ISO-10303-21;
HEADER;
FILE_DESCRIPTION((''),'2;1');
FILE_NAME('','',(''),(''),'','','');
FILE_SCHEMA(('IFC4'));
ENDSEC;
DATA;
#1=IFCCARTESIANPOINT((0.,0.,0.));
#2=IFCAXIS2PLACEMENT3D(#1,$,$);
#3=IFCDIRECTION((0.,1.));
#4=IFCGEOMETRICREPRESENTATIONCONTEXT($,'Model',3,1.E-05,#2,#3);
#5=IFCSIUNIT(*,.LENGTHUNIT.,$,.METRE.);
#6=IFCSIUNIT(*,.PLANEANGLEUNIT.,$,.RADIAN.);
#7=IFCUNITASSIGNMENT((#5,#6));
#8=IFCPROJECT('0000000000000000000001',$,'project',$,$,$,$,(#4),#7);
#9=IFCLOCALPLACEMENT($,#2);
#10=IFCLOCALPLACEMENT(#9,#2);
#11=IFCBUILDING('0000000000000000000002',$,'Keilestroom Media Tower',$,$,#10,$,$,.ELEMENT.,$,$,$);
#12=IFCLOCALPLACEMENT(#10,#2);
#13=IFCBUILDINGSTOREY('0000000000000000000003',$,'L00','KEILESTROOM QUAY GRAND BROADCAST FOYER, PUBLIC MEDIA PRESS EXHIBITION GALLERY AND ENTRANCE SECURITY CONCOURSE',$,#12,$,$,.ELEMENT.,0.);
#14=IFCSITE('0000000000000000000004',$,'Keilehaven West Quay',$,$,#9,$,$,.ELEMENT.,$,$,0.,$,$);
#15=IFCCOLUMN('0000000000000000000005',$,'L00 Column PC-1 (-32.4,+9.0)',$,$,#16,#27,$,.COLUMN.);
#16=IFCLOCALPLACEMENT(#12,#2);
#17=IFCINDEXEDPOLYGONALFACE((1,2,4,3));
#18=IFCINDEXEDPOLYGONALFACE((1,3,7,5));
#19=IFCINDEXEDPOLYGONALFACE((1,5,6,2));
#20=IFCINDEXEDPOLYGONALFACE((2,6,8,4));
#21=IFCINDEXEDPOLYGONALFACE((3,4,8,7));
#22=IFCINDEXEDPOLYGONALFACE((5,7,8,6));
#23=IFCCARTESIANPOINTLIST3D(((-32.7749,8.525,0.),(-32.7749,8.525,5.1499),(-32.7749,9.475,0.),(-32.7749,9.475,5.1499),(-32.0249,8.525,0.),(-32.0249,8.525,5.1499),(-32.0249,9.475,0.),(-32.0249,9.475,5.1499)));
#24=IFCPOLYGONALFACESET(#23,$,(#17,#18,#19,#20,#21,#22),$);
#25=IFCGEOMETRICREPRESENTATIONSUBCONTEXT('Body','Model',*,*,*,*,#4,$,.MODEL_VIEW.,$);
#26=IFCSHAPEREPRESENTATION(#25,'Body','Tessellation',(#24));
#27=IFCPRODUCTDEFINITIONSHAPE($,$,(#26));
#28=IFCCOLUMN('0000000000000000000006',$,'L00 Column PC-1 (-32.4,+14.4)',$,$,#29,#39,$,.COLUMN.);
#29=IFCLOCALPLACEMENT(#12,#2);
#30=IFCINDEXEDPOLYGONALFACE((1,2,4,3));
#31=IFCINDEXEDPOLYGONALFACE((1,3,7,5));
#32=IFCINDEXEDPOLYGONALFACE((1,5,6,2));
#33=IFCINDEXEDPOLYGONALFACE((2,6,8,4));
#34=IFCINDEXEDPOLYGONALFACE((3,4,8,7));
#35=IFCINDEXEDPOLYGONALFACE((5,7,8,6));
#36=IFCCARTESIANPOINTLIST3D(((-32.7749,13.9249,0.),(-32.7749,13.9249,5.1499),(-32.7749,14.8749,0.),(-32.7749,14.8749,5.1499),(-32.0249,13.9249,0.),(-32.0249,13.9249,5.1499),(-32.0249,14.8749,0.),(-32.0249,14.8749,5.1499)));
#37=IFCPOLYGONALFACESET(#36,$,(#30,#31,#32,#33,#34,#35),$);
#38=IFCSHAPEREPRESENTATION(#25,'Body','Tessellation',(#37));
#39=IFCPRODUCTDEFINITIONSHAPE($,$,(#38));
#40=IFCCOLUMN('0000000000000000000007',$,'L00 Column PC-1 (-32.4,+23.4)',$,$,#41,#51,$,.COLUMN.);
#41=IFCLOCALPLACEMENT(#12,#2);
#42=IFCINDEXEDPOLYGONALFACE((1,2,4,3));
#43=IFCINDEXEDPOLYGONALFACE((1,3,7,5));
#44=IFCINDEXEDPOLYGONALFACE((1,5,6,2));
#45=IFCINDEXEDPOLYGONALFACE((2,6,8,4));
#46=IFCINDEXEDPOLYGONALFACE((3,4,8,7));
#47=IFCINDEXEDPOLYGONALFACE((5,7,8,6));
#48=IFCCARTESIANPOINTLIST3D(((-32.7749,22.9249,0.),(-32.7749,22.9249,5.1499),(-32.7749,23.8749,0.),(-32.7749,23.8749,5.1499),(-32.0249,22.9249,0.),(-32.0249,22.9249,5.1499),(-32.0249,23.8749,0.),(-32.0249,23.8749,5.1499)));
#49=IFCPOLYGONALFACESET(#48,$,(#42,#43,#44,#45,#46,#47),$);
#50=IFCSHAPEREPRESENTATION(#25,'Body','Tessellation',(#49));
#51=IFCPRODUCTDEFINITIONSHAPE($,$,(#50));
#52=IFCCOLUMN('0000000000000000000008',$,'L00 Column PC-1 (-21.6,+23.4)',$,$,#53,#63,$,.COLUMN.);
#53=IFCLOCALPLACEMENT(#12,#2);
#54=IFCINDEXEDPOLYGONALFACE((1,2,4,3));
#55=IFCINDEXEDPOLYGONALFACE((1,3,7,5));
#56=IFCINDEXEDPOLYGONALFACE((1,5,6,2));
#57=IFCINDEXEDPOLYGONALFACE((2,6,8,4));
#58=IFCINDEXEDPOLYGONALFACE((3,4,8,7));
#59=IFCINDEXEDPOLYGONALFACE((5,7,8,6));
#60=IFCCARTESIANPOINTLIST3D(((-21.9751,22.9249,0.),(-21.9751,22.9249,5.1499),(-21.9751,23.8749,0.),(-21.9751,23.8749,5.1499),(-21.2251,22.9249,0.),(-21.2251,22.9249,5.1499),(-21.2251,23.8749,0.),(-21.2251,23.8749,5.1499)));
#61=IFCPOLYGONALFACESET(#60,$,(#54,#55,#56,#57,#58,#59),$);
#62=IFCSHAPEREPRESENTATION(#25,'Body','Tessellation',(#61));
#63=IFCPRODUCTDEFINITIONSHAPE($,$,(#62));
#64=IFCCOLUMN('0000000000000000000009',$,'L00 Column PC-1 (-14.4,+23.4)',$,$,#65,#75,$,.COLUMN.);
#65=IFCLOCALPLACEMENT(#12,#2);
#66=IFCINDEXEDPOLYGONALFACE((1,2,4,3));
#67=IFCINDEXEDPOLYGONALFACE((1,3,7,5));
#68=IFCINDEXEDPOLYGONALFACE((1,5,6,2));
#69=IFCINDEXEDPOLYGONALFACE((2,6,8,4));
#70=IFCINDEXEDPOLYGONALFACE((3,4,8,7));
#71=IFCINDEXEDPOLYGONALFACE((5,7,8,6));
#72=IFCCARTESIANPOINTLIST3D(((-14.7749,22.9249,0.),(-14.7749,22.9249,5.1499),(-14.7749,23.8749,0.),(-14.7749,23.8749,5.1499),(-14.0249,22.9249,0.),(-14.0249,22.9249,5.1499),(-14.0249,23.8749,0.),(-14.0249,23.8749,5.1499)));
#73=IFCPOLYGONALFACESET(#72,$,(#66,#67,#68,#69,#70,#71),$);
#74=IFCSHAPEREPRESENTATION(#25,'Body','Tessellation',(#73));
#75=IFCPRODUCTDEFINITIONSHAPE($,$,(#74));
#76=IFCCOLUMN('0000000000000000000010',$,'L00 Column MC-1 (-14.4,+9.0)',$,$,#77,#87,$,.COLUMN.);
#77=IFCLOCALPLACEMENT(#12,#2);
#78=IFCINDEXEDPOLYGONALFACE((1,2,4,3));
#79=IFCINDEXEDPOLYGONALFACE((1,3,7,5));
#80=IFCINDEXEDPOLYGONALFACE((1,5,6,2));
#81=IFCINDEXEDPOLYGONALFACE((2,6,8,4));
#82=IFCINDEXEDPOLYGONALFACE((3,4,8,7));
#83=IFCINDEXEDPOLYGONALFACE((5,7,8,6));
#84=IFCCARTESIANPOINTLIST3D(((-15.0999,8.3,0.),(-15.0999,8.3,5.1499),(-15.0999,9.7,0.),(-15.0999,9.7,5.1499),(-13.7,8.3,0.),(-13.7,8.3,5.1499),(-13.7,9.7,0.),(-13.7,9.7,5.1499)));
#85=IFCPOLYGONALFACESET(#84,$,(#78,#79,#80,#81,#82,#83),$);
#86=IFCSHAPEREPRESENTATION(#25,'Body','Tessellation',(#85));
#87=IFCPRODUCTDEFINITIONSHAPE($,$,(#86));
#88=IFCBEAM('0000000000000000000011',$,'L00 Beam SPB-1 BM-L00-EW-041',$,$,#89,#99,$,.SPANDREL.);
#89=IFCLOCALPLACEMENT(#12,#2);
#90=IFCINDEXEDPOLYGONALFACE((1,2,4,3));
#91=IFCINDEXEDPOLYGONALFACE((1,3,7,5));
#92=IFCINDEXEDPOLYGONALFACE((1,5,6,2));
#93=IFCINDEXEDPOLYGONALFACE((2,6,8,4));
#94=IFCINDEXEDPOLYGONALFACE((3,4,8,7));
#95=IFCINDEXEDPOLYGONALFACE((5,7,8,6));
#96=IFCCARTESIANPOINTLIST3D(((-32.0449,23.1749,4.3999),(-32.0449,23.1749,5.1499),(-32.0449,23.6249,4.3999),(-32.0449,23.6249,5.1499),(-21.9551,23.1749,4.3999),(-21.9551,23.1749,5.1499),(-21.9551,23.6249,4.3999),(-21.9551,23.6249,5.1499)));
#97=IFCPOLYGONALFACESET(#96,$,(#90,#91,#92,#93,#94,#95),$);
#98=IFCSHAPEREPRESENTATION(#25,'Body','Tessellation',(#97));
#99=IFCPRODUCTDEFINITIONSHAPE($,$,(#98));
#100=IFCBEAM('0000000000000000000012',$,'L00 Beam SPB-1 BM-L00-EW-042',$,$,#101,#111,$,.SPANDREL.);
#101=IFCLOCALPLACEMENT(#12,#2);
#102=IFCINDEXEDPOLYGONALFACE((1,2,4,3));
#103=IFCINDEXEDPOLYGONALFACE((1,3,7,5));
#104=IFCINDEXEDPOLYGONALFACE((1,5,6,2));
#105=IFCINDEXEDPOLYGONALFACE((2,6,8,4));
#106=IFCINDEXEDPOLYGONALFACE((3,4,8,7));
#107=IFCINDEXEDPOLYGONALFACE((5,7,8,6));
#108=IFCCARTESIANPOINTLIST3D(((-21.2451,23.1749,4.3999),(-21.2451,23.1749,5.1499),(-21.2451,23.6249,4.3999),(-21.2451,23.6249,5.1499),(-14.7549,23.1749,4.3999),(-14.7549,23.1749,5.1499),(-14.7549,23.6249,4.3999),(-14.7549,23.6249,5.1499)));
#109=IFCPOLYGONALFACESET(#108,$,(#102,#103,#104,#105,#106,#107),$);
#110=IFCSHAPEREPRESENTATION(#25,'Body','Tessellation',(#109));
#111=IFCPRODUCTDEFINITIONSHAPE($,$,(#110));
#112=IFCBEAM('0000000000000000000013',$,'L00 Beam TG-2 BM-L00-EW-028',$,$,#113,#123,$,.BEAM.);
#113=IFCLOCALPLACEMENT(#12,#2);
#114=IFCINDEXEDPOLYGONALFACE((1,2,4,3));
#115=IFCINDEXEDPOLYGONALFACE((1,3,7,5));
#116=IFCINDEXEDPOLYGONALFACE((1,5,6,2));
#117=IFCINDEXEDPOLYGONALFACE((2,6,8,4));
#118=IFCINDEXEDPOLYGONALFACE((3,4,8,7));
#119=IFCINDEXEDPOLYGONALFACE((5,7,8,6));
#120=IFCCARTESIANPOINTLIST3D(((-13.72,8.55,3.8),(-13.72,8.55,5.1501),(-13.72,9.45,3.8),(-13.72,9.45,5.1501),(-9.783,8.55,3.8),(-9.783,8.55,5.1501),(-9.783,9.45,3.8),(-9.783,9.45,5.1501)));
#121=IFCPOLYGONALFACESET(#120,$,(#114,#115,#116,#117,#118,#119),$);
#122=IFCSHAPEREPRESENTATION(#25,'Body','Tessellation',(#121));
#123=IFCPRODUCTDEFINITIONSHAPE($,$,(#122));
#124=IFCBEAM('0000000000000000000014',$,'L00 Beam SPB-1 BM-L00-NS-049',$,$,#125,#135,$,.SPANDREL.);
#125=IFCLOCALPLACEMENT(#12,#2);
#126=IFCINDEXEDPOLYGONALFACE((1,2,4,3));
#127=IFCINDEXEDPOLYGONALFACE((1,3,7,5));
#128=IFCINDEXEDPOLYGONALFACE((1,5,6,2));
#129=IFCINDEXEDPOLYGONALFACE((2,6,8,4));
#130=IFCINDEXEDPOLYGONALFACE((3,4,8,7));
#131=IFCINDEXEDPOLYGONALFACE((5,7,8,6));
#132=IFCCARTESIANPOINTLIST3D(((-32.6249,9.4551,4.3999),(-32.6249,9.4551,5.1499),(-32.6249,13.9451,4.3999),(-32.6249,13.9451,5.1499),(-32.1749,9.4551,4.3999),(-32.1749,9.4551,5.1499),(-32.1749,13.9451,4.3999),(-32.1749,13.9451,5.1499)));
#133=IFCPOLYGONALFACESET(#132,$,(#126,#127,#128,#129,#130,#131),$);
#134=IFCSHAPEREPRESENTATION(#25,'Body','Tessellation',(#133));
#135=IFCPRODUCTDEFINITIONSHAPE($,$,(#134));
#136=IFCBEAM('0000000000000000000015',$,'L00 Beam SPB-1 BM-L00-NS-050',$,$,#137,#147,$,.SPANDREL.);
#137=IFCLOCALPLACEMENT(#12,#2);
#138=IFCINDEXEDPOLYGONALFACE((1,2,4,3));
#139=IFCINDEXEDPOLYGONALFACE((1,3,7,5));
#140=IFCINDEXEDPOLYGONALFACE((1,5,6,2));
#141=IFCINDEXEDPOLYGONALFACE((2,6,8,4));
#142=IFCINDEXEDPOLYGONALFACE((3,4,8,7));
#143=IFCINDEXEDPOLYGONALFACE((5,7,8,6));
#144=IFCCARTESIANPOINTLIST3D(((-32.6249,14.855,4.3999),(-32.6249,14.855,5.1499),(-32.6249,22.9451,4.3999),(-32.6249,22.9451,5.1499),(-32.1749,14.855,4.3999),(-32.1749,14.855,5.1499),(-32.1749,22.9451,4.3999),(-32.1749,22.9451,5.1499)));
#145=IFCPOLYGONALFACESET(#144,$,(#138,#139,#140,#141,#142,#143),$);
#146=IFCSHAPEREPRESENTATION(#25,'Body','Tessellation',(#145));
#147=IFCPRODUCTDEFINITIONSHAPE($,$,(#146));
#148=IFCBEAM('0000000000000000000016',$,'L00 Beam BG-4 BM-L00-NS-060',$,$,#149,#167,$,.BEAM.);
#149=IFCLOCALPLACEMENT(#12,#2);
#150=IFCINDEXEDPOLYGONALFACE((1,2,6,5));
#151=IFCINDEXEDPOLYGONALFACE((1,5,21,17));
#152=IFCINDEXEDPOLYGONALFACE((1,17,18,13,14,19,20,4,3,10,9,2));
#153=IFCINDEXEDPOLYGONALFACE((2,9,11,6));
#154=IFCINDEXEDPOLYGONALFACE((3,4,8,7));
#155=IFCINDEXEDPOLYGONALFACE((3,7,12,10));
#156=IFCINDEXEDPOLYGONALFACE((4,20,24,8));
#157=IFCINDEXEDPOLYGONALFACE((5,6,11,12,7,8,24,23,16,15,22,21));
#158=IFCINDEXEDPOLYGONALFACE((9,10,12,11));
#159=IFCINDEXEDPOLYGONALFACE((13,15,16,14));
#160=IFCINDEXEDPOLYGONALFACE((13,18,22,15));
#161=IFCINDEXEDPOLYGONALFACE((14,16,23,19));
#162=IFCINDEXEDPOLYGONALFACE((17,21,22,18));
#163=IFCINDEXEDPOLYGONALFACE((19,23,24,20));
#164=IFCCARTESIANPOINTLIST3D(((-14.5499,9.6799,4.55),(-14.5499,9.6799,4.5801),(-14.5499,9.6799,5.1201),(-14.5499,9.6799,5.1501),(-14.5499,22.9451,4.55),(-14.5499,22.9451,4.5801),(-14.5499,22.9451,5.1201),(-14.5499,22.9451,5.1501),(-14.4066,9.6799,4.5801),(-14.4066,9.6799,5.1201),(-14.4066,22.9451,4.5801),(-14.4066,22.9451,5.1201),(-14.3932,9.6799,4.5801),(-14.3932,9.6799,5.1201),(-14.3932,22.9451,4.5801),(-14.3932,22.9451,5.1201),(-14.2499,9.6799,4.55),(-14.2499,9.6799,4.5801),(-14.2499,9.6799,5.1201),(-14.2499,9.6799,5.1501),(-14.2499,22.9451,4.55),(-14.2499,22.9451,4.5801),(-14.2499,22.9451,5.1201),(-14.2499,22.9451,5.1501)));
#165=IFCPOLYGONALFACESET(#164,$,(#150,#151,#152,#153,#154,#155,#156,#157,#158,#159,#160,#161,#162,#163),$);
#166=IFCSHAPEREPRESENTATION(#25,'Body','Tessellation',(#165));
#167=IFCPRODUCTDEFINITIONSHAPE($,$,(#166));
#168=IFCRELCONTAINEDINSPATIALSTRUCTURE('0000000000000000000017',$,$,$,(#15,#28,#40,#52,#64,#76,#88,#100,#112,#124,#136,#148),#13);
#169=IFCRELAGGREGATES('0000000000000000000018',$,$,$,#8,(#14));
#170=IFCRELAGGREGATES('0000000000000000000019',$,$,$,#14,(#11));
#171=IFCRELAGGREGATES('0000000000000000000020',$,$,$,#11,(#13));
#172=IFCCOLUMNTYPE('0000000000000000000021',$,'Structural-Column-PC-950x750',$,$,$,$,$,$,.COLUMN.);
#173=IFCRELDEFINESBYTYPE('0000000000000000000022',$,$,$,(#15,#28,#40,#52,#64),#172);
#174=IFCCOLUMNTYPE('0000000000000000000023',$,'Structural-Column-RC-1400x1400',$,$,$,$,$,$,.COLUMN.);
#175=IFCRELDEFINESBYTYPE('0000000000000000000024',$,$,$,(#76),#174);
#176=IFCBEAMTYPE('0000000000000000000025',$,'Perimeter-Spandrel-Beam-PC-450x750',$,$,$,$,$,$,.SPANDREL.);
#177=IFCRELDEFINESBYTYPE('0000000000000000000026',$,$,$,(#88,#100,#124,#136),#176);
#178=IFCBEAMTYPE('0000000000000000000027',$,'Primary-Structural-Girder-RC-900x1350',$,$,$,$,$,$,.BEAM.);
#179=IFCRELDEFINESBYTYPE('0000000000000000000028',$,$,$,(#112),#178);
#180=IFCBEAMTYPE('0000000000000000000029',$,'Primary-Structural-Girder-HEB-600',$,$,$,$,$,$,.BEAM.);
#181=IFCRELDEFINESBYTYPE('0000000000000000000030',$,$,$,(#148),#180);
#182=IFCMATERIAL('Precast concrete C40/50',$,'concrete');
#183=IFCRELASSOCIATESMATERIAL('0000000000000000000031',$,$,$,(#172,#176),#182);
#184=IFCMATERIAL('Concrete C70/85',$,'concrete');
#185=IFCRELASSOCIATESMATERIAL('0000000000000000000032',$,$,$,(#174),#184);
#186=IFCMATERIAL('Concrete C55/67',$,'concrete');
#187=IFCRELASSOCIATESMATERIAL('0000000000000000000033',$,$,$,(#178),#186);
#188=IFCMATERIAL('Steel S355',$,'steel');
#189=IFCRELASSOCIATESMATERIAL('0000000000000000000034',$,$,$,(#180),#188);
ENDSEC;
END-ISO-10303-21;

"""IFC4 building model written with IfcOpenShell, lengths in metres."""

from ifc_helpers import new_model, si_unit, direction, frame, origin, origin_2d, place, context, subcontext, project, spatial, rectangle, i_section, extrude, source, transform, mapped, material, material_profile, profile_set, type_object, element, save


model = new_model("IFC4")

# Units and contexts
model_context = context("Model", 3, precision=1e-05, world=origin(), true_north=direction((0.0, 1.0)))
body_context = subcontext(model_context, "Body", "Model", "MODEL_VIEW")
ifc_project = project(units=[si_unit("LENGTHUNIT", "METRE"), si_unit("PLANEANGLEUNIT", "RADIAN")], contexts=[model_context])

# Site, building, storey
site_placement = place(None, origin())
site = spatial("IfcSite", under=ifc_project, at=site_placement, Name="Keilehaven West Quay", CompositionType="ELEMENT", RefElevation=0.0)
building_placement = place(site_placement, origin())
building = spatial("IfcBuilding", under=site, at=building_placement, Name="Keilestroom Media Tower", CompositionType="ELEMENT")
storey_placement = place(building_placement, origin())
storey = spatial("IfcBuildingStorey", under=building, at=storey_placement, Name="L00", Description="KEILESTROOM QUAY GRAND BROADCAST FOYER, PUBLIC MEDIA PRESS EXHIBITION GALLERY AND ENTRANCE SECURITY CONCOURSE", CompositionType="ELEMENT", Elevation=0.0)

# Columns
ifc_material_1 = material(Name="Precast concrete C40/50", Category="concrete")
ifc_material_profile_1 = material_profile(ifc_material_1, rectangle(XDim=0.75, YDim=0.95, at=origin_2d()), Name="PC 950x750")
ifc_profile_set_1 = profile_set([ifc_material_profile_1], Name="Precast concrete C40/50")
column_type_1 = type_object("IfcColumnType", Name="Structural-Column-PC-950x750", PredefinedType="COLUMN", material=ifc_profile_set_1)
shared_shape_1 = source(origin(), body_context, "Body", "SweptSolid", [
    extrude(rectangle(XDim=0.75, YDim=0.95, at=origin_2d()), origin(), (0.0, 0.0, 1.0), 5.1499),
])
for number, where, z_axis, x_axis, name in (
    (1, (-32.3999, 9.0, 0.0), (0.0, 0.0, 1.0), (1.0, 0.0, 0.0), "L00 Column PC-1 (-32.4,+9.0)"),
    (2, (-32.3999, 14.3999, 0.0), (0.0, 0.0, 1.0), (1.0, 0.0, 0.0), "L00 Column PC-1 (-32.4,+14.4)"),
    (3, (-32.3999, 23.3999, 0.0), (0.0, 0.0, 1.0), (1.0, 0.0, 0.0), "L00 Column PC-1 (-32.4,+23.4)"),
    (4, (-21.6001, 23.3999, 0.0), (0.0, 0.0, 1.0), (1.0, 0.0, 0.0), "L00 Column PC-1 (-21.6,+23.4)"),
    (5, (-14.3999, 23.3999, 0.0), (0.0, 0.0, 1.0), (1.0, 0.0, 0.0), "L00 Column PC-1 (-14.4,+23.4)"),
):
    element("IfcColumn", number, at=place(storey_placement, frame(where, z_axis=z_axis, x_axis=x_axis)), inside=storey, type_object=column_type_1, Name=name, PredefinedType="COLUMN", context=body_context, shape_type="MappedRepresentation", body=[
        mapped(shared_shape_1, transform((0.0, 0.0, 0.0), x_axis=(1.0, 0.0, 0.0), y_axis=(0.0, 1.0, 0.0), z_axis=(0.0, 0.0, 1.0), scale=1.0)),
    ])
ifc_material_2 = material(Name="Concrete C70/85", Category="concrete")
ifc_material_profile_2 = material_profile(ifc_material_2, rectangle(XDim=1.3999, YDim=1.3999, at=origin_2d()), Name="RC 1400x1400")
ifc_profile_set_2 = profile_set([ifc_material_profile_2], Name="Concrete C70/85")
column_type_2 = type_object("IfcColumnType", Name="Structural-Column-RC-1400x1400", PredefinedType="COLUMN", material=ifc_profile_set_2)
shared_shape_2 = source(origin(), body_context, "Body", "SweptSolid", [
    extrude(rectangle(XDim=1.3999, YDim=1.3999, at=origin_2d()), origin(), (0.0, 0.0, 1.0), 5.1499),
])
column_placement = place(storey_placement, frame((-14.3999, 9.0, 0.0), z_axis=(0.0, 0.0, 1.0), x_axis=(1.0, 0.0, 0.0)))
element("IfcColumn", 6, at=column_placement, inside=storey, type_object=column_type_2, Name="L00 Column MC-1 (-14.4,+9.0)", PredefinedType="COLUMN", context=body_context, shape_type="MappedRepresentation", body=[
    mapped(shared_shape_2, transform((0.0, 0.0, 0.0), x_axis=(1.0, 0.0, 0.0), y_axis=(0.0, 1.0, 0.0), z_axis=(0.0, 0.0, 1.0), scale=1.0)),
])

# Beams
ifc_material_profile_3 = material_profile(ifc_material_1, rectangle(XDim=0.45, YDim=0.75, at=origin_2d()), Name="PC 450x750")
ifc_profile_set_3 = profile_set([ifc_material_profile_3], Name="Precast concrete C40/50")
beam_type_1 = type_object("IfcBeamType", Name="Perimeter-Spandrel-Beam-PC-450x750", PredefinedType="SPANDREL", material=ifc_profile_set_3)
shared_shape_3 = source(origin(), body_context, "Body", "SweptSolid", [
    extrude(rectangle(XDim=0.45, YDim=0.75, at=origin_2d()), origin(), (0.0, 0.0, 1.0), 10.0898),
])
beam_1_placement = place(storey_placement, frame((-32.0449, 23.3999, 4.7749), z_axis=(1.0, 0.0, 0.0), x_axis=(0.0, 1.0, 0.0)))
element("IfcBeam", 7, at=beam_1_placement, inside=storey, type_object=beam_type_1, Name="L00 Beam SPB-1 BM-L00-EW-041", PredefinedType="SPANDREL", context=body_context, shape_type="MappedRepresentation", body=[
    mapped(shared_shape_3, transform((0.0, 0.0, 0.0), x_axis=(1.0, 0.0, 0.0), y_axis=(0.0, 1.0, 0.0), z_axis=(0.0, 0.0, 1.0), scale=1.0)),
])
shared_shape_4 = source(origin(), body_context, "Body", "SweptSolid", [
    extrude(rectangle(XDim=0.45, YDim=0.75, at=origin_2d()), origin(), (0.0, 0.0, 1.0), 6.4902),
])
beam_2_placement = place(storey_placement, frame((-21.2451, 23.3999, 4.7749), z_axis=(1.0, 0.0, 0.0), x_axis=(0.0, 1.0, 0.0)))
element("IfcBeam", 8, at=beam_2_placement, inside=storey, type_object=beam_type_1, Name="L00 Beam SPB-1 BM-L00-EW-042", PredefinedType="SPANDREL", context=body_context, shape_type="MappedRepresentation", body=[
    mapped(shared_shape_4, transform((0.0, 0.0, 0.0), x_axis=(1.0, 0.0, 0.0), y_axis=(0.0, 1.0, 0.0), z_axis=(0.0, 0.0, 1.0), scale=1.0)),
])
ifc_material_3 = material(Name="Concrete C55/67", Category="concrete")
ifc_material_profile_4 = material_profile(ifc_material_3, rectangle(XDim=0.8999, YDim=1.3501, at=origin_2d()), Name="RC 900x1350")
ifc_profile_set_4 = profile_set([ifc_material_profile_4], Name="Concrete C55/67")
beam_type_2 = type_object("IfcBeamType", Name="Primary-Structural-Girder-RC-900x1350", PredefinedType="BEAM", material=ifc_profile_set_4)
shared_shape_5 = source(origin(), body_context, "Body", "SweptSolid", [
    extrude(rectangle(XDim=0.8999, YDim=1.3501, at=origin_2d()), origin(), (0.0, 0.0, 1.0), 3.937),
])
beam_3_placement = place(storey_placement, frame((-13.72, 9.0, 4.4751), z_axis=(1.0, 0.0, 0.0), x_axis=(0.0, 1.0, 0.0)))
element("IfcBeam", 9, at=beam_3_placement, inside=storey, type_object=beam_type_2, Name="L00 Beam TG-2 BM-L00-EW-028", PredefinedType="BEAM", context=body_context, shape_type="MappedRepresentation", body=[
    mapped(shared_shape_5, transform((0.0, 0.0, 0.0), x_axis=(1.0, 0.0, 0.0), y_axis=(0.0, 1.0, 0.0), z_axis=(0.0, 0.0, 1.0), scale=1.0)),
])
shared_shape_6 = source(origin(), body_context, "Body", "SweptSolid", [
    extrude(rectangle(XDim=0.45, YDim=0.75, at=origin_2d()), origin(), (0.0, 0.0, 1.0), 4.49),
])
beam_4_placement = place(storey_placement, frame((-32.3999, 9.4551, 4.7749), z_axis=(0.0, 1.0, 0.0), x_axis=(-1.0, 0.0, 0.0)))
element("IfcBeam", 10, at=beam_4_placement, inside=storey, type_object=beam_type_1, Name="L00 Beam SPB-1 BM-L00-NS-049", PredefinedType="SPANDREL", context=body_context, shape_type="MappedRepresentation", body=[
    mapped(shared_shape_6, transform((0.0, 0.0, 0.0), x_axis=(1.0, 0.0, 0.0), y_axis=(0.0, 1.0, 0.0), z_axis=(0.0, 0.0, 1.0), scale=1.0)),
])
shared_shape_7 = source(origin(), body_context, "Body", "SweptSolid", [
    extrude(rectangle(XDim=0.45, YDim=0.75, at=origin_2d()), origin(), (0.0, 0.0, 1.0), 8.0901),
])
beam_5_placement = place(storey_placement, frame((-32.3999, 14.855, 4.7749), z_axis=(0.0, 1.0, 0.0), x_axis=(-1.0, 0.0, 0.0)))
element("IfcBeam", 11, at=beam_5_placement, inside=storey, type_object=beam_type_1, Name="L00 Beam SPB-1 BM-L00-NS-050", PredefinedType="SPANDREL", context=body_context, shape_type="MappedRepresentation", body=[
    mapped(shared_shape_7, transform((0.0, 0.0, 0.0), x_axis=(1.0, 0.0, 0.0), y_axis=(0.0, 1.0, 0.0), z_axis=(0.0, 0.0, 1.0), scale=1.0)),
])
ifc_material_4 = material(Name="Steel S355", Category="steel")
ifc_material_profile_5 = material_profile(ifc_material_4, i_section(OverallWidth=0.3, OverallDepth=0.6001, WebThickness=0.0134, FlangeThickness=0.03, at=origin_2d()), Name="HEB 600")
ifc_profile_set_5 = profile_set([ifc_material_profile_5], Name="Steel S355")
beam_type_3 = type_object("IfcBeamType", Name="Primary-Structural-Girder-HEB-600", PredefinedType="BEAM", material=ifc_profile_set_5)
shared_shape_8 = source(origin(), body_context, "Body", "SweptSolid", [
    extrude(i_section(OverallWidth=0.3, OverallDepth=0.6001, WebThickness=0.0134, FlangeThickness=0.03, at=origin_2d()), origin(), (0.0, 0.0, 1.0), 13.2651),
])
beam_6_placement = place(storey_placement, frame((-14.3999, 9.6799, 4.8501), z_axis=(0.0, 1.0, 0.0), x_axis=(-1.0, 0.0, 0.0)))
element("IfcBeam", 12, at=beam_6_placement, inside=storey, type_object=beam_type_3, Name="L00 Beam BG-4 BM-L00-NS-060", PredefinedType="BEAM", context=body_context, shape_type="MappedRepresentation", body=[
    mapped(shared_shape_8, transform((0.0, 0.0, 0.0), x_axis=(1.0, 0.0, 0.0), y_axis=(0.0, 1.0, 0.0), z_axis=(0.0, 0.0, 1.0), scale=1.0)),
])

save(model, "model.ifc")
